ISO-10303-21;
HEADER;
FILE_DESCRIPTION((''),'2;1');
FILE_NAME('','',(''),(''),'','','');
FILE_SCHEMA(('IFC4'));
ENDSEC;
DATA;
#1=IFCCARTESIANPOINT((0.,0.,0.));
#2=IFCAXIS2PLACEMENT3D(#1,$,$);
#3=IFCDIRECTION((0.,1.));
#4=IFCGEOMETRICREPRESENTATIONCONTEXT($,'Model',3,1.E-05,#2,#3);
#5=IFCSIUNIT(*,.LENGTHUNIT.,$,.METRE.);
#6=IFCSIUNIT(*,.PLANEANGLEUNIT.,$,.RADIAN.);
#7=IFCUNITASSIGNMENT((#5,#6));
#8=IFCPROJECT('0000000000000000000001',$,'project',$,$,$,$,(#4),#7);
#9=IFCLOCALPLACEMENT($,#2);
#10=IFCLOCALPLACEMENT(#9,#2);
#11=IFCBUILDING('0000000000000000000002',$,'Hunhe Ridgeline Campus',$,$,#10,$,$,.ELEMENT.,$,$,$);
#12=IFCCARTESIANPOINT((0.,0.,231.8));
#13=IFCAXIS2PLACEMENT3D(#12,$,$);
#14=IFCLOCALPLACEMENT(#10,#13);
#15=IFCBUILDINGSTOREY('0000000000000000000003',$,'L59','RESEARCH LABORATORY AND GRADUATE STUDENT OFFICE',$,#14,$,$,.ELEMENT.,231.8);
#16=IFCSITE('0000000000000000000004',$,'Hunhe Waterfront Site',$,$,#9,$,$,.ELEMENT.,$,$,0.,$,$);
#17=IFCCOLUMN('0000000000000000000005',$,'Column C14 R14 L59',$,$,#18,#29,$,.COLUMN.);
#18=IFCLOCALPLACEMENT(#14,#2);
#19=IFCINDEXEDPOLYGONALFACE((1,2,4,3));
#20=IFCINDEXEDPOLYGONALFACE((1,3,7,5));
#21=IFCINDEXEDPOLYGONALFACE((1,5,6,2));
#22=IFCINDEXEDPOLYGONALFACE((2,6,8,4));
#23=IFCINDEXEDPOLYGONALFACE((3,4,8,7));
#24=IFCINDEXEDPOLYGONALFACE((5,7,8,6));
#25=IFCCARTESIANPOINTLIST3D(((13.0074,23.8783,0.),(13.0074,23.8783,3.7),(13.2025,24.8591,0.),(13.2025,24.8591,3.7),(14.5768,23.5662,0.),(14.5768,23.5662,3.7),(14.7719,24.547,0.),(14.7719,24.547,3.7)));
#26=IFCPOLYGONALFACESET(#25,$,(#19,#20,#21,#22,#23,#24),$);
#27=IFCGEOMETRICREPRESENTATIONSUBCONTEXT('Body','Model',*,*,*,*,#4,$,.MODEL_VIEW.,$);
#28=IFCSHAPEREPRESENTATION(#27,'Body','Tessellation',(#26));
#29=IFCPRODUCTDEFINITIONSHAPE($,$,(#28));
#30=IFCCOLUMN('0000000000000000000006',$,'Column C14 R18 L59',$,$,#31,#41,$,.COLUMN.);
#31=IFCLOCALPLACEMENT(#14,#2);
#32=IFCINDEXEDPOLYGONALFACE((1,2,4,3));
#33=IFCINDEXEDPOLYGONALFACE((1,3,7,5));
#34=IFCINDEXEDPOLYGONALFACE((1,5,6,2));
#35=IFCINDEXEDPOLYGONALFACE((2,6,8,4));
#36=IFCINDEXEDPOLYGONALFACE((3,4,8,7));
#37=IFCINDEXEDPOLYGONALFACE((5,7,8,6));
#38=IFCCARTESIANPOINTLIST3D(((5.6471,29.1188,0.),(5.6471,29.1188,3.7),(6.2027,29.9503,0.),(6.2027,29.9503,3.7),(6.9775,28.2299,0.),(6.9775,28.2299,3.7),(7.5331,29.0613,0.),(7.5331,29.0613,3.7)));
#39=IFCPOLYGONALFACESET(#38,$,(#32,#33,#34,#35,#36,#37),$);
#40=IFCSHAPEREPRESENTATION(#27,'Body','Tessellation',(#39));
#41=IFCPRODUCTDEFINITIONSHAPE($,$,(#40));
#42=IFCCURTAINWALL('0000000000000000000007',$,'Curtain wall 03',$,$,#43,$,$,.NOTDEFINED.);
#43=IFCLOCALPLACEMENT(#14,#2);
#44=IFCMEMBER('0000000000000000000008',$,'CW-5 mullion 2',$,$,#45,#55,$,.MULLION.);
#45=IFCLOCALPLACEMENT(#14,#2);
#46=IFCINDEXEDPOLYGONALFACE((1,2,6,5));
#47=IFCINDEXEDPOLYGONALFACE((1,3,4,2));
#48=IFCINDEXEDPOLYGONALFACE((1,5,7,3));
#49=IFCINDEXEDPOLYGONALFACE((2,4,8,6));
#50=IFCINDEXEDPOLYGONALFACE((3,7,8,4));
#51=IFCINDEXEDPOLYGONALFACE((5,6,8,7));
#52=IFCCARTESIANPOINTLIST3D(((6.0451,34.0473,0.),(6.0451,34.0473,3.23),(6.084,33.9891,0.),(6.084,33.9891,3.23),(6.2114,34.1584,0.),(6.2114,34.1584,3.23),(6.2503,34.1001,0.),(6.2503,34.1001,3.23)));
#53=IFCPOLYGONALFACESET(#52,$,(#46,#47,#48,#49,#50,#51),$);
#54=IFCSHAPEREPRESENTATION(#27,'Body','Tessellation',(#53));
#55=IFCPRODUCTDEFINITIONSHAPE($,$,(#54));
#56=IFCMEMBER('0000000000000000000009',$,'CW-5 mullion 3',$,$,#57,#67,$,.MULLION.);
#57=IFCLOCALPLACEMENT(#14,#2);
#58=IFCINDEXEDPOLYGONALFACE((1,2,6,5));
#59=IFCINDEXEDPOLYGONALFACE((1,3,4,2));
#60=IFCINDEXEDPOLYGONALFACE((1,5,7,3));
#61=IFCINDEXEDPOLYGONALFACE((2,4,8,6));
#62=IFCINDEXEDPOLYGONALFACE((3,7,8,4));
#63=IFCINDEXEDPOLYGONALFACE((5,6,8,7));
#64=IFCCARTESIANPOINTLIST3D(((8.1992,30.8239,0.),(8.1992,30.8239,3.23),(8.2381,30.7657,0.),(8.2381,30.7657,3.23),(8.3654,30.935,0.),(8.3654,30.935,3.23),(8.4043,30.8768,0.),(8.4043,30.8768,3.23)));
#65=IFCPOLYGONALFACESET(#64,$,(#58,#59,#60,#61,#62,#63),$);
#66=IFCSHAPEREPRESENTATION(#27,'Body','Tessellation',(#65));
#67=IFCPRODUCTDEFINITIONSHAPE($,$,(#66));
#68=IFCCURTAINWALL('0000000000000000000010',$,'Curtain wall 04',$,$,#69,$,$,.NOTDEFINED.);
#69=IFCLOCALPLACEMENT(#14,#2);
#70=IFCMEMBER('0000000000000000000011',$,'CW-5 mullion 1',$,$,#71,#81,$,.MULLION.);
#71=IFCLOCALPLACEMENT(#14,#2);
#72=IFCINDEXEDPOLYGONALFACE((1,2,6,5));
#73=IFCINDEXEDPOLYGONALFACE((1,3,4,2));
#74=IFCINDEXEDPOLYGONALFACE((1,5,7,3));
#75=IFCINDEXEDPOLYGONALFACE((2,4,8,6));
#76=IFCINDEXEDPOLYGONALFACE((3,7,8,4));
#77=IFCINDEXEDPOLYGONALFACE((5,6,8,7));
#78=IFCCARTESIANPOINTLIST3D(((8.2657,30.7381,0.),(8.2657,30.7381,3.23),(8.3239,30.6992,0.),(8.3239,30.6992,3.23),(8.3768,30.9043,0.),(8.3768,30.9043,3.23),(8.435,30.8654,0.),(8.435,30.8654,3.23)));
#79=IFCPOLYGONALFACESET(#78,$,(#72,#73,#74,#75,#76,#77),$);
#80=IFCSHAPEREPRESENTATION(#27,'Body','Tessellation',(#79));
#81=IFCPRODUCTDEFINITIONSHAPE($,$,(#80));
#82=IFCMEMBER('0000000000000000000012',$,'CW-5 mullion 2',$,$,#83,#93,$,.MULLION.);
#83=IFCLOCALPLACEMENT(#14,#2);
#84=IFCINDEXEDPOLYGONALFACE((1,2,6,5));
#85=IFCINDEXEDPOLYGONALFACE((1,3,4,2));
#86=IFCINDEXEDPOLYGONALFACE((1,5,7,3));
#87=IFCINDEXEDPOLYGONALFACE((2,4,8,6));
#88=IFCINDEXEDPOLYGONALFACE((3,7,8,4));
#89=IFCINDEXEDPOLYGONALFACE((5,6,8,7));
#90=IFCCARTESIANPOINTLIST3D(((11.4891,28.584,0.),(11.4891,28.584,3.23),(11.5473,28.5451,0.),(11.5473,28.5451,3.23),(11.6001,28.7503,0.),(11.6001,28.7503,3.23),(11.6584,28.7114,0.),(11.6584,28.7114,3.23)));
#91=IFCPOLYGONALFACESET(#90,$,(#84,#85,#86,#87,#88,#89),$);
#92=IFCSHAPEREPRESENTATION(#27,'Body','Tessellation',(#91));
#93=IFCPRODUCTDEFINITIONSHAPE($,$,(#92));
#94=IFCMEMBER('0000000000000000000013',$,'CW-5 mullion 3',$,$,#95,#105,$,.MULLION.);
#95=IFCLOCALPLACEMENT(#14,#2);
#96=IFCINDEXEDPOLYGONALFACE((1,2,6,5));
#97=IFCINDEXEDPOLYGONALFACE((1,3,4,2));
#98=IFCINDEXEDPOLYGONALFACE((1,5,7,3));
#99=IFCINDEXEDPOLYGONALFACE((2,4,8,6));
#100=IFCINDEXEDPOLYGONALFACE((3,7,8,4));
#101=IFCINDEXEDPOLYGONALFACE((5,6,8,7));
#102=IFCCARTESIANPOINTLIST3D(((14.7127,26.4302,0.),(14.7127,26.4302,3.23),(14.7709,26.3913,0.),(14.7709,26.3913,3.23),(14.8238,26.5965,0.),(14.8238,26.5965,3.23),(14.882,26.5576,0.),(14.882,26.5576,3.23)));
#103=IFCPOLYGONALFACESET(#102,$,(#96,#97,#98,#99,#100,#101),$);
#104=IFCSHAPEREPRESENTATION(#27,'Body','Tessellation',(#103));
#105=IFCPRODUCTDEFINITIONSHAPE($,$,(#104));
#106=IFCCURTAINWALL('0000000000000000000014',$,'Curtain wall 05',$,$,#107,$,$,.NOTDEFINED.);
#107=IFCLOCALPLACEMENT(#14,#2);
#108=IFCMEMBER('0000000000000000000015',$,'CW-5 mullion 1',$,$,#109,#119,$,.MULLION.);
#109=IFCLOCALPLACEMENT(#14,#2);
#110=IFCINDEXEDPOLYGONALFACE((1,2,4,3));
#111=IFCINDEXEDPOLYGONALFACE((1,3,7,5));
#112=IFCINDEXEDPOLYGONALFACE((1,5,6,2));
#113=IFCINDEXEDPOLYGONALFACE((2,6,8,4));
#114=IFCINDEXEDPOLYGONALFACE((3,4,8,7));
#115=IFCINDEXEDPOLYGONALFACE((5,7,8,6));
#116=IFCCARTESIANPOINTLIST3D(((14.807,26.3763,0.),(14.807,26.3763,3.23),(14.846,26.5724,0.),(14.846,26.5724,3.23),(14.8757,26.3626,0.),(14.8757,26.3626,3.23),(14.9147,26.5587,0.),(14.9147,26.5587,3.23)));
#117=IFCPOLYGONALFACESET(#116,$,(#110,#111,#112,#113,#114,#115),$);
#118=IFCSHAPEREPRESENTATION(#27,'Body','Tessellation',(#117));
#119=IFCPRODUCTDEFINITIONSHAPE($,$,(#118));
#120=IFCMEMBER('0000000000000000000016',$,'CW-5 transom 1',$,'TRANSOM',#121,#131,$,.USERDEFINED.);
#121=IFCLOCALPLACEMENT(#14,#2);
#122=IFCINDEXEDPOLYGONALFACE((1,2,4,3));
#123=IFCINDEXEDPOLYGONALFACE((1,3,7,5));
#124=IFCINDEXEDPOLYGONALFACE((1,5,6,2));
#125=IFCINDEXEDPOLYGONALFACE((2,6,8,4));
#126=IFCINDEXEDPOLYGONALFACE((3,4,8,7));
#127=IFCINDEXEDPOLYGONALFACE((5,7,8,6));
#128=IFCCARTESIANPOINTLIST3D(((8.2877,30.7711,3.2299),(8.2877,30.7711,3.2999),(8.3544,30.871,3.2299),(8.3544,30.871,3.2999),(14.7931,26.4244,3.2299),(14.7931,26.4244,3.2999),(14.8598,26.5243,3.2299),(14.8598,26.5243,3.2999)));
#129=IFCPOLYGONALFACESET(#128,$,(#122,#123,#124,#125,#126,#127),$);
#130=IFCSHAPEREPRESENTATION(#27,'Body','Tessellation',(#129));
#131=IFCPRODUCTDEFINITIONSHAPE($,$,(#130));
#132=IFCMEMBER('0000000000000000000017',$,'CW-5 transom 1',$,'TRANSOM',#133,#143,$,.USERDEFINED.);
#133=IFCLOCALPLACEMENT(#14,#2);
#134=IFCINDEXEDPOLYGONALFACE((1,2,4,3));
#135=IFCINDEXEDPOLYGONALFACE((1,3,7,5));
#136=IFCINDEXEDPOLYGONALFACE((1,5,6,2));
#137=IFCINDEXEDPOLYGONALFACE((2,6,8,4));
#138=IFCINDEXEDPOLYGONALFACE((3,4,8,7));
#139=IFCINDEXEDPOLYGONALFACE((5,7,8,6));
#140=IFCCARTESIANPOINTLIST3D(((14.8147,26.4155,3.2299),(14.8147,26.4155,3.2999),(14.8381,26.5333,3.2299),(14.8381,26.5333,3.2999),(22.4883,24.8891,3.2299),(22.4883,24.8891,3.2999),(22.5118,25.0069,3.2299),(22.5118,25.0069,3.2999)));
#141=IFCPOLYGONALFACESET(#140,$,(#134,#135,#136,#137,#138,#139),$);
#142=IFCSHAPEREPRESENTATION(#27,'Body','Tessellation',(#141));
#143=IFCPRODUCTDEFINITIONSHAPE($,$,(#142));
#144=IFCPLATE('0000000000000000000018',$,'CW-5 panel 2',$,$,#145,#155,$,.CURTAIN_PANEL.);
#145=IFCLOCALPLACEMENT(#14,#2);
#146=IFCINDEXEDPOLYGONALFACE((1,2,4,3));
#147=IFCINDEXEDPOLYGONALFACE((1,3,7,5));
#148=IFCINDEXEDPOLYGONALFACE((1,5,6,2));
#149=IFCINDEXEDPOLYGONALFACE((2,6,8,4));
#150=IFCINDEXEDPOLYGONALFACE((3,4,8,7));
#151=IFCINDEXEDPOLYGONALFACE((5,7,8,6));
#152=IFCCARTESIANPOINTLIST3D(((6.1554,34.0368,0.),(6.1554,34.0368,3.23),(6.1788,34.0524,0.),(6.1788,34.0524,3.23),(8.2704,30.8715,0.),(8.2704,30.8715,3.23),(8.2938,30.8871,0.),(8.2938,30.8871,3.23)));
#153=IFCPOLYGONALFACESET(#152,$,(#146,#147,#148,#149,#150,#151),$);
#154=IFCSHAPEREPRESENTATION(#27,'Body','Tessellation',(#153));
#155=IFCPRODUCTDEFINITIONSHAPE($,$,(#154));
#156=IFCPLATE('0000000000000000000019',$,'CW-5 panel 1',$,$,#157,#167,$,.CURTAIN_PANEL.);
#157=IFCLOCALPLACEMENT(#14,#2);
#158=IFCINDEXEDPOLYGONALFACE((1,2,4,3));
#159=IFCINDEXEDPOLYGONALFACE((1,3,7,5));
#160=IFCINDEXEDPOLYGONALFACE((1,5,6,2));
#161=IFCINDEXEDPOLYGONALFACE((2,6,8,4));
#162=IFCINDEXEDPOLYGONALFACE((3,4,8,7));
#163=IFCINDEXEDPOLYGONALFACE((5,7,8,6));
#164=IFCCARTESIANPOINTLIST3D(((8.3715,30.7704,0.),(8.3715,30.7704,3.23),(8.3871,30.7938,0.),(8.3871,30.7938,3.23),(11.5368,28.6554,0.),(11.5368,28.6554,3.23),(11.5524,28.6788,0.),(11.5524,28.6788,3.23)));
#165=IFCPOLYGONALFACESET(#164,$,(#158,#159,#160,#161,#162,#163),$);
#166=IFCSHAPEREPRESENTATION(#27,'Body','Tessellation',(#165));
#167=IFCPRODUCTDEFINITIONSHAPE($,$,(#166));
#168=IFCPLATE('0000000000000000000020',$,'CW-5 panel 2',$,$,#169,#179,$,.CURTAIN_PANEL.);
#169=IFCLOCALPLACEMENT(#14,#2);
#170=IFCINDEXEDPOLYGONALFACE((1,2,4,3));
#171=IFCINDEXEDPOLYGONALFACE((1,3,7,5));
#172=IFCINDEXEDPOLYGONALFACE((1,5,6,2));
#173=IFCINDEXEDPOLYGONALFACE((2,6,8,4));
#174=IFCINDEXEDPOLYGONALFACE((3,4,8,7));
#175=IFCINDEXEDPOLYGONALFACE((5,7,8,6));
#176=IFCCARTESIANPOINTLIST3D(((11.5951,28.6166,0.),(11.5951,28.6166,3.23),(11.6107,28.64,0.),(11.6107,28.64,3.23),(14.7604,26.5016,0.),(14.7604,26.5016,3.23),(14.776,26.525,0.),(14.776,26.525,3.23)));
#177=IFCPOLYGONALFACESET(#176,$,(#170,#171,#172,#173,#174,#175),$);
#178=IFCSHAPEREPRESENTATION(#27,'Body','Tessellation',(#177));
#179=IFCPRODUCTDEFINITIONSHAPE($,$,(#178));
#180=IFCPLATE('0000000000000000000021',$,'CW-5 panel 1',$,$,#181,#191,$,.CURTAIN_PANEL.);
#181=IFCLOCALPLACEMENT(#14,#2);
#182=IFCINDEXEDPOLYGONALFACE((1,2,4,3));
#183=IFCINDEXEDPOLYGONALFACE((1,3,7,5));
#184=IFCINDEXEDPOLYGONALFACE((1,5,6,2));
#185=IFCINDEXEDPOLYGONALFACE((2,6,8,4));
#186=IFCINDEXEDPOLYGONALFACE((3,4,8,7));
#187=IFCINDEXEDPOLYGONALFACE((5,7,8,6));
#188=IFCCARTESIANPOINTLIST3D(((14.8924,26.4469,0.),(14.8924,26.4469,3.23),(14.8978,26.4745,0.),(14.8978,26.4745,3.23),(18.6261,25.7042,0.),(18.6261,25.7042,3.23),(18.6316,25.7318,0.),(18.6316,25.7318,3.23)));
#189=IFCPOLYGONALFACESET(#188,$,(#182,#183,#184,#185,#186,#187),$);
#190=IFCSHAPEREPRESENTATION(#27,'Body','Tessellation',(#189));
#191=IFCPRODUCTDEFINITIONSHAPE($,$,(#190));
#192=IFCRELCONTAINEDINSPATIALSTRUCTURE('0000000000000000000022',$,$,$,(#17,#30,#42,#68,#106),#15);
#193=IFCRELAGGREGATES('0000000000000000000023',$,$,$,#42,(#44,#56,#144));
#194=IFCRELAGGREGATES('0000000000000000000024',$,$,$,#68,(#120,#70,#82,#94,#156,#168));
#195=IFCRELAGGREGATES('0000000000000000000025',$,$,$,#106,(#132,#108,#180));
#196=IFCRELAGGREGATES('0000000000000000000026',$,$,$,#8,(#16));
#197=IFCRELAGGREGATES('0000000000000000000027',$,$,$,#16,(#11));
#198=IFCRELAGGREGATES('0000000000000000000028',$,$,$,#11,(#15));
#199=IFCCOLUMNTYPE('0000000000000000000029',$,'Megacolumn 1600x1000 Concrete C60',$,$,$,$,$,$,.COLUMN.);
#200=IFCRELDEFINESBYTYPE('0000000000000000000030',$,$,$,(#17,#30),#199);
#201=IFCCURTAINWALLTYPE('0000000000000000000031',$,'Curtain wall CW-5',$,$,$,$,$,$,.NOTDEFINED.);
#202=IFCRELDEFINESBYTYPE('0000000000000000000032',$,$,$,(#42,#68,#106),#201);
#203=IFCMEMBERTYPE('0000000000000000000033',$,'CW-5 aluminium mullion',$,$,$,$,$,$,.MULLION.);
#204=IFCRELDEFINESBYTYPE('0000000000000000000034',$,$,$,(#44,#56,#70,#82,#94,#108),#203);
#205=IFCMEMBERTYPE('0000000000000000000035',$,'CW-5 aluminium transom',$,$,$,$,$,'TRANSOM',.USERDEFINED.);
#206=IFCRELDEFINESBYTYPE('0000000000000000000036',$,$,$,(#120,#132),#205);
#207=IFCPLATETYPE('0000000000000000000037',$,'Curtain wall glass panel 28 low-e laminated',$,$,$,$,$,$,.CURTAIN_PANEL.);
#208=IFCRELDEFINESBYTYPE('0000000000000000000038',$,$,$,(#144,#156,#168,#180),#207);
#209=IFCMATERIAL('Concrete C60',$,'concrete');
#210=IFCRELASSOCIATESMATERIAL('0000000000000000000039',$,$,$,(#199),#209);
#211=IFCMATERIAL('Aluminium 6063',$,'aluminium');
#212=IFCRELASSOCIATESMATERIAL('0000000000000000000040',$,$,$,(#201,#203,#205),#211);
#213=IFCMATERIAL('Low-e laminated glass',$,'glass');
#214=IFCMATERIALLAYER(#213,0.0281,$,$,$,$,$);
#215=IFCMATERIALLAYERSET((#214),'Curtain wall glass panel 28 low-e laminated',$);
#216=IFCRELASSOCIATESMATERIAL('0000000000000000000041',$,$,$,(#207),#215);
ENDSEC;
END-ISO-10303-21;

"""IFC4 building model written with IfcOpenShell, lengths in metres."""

from ifc_helpers import new_model, si_unit, direction, frame, origin, origin_2d, place, context, subcontext, project, spatial, rectangle, extrude, material, layer, layer_set, material_profile, profile_set, type_object, element, aggregate, save


model = new_model("IFC4")

# Units and contexts
model_context = context("Model", 3, precision=1e-05, world=origin(), true_north=direction((0.0, 1.0)))
body_context = subcontext(model_context, "Body", "Model", "MODEL_VIEW")
ifc_project = project(units=[si_unit("LENGTHUNIT", "METRE"), si_unit("PLANEANGLEUNIT", "RADIAN")], contexts=[model_context])

# Site, building, storey
site_placement = place(None, origin())
site = spatial("IfcSite", under=ifc_project, at=site_placement, Name="Hunhe Waterfront Site", CompositionType="ELEMENT", RefElevation=0.0)
building_placement = place(site_placement, origin())
building = spatial("IfcBuilding", under=site, at=building_placement, Name="Hunhe Ridgeline Campus", CompositionType="ELEMENT")
storey_placement = place(building_placement, frame((0.0, 0.0, 231.8)))
storey = spatial("IfcBuildingStorey", under=building, at=storey_placement, Name="L59", Description="RESEARCH LABORATORY AND GRADUATE STUDENT OFFICE", CompositionType="ELEMENT", Elevation=231.8)

# Columns
ifc_material_1 = material(Name="Concrete C60", Category="concrete")
ifc_material_profile_1 = material_profile(ifc_material_1, rectangle(XDim=1.6001, YDim=1.0, at=origin_2d()))
ifc_profile_set_1 = profile_set([ifc_material_profile_1], Name="Concrete C60")
column_type = type_object("IfcColumnType", Name="Megacolumn 1600x1000 Concrete C60", PredefinedType="COLUMN", material=ifc_profile_set_1)
for number, where, z_axis, x_axis, name in (
    (1, (13.8896, 24.2126, 0.0), (0.0, 0.0, 1.0), (-0.980785, 0.19509, 0.0), "Column C14 R14 L59"),
    (2, (6.5901, 29.0901, 0.0), (0.0, 0.0, 1.0), (-0.83147, 0.55557, 0.0), "Column C14 R18 L59"),
):
    element("IfcColumn", number, at=place(storey_placement, frame(where, z_axis=z_axis, x_axis=x_axis)), inside=storey, type_object=column_type, Name=name, PredefinedType="COLUMN", context=body_context, shape_type="SweptSolid", body=[
        extrude(rectangle(XDim=1.6001, YDim=1.0, at=origin_2d()), origin(), (0.0, 0.0, 1.0), 3.7),
    ])

# Curtain walls, members
ifc_material_2 = material(Name="Aluminium 6063", Category="aluminium")
curtain_wall_type = type_object("IfcCurtainWallType", Name="Curtain wall CW-5", PredefinedType="NOTDEFINED", material=ifc_material_2)
curtain_wall_1_placement = place(storey_placement, origin())
curtain_wall_1 = element("IfcCurtainWall", 3, at=curtain_wall_1_placement, inside=storey, type_object=curtain_wall_type, Name="Curtain wall 03", PredefinedType="NOTDEFINED")
ifc_material_profile_2 = material_profile(ifc_material_2, rectangle(XDim=0.2, YDim=0.0701, at=origin_2d()))
ifc_profile_set_2 = profile_set([ifc_material_profile_2], Name="Aluminium 6063")
member_type_1 = type_object("IfcMemberType", Name="CW-5 aluminium mullion", PredefinedType="MULLION", material=ifc_profile_set_2)
member_1_placement = place(storey_placement, frame((6.1477, 34.0737, 0.0), z_axis=(0.0, 0.0, 1.0), x_axis=(0.83147, 0.55557, 0.0)))
member_1 = element("IfcMember", 4, at=member_1_placement, type_object=member_type_1, Name="CW-5 mullion 2", PredefinedType="MULLION", context=body_context, shape_type="SweptSolid", body=[
    extrude(rectangle(XDim=0.2, YDim=0.0701, at=origin_2d()), origin(), (0.0, 0.0, 1.0), 3.23),
])
member_2_placement = place(storey_placement, frame((8.3018, 30.8503, 0.0), z_axis=(0.0, 0.0, 1.0), x_axis=(0.83147, 0.55557, 0.0)))
member_2 = element("IfcMember", 5, at=member_2_placement, type_object=member_type_1, Name="CW-5 mullion 3", PredefinedType="MULLION", context=body_context, shape_type="SweptSolid", body=[
    extrude(rectangle(XDim=0.2, YDim=0.0701, at=origin_2d()), origin(), (0.0, 0.0, 1.0), 3.23),
])
curtain_wall_2_placement = place(storey_placement, origin())
curtain_wall_2 = element("IfcCurtainWall", 6, at=curtain_wall_2_placement, inside=storey, type_object=curtain_wall_type, Name="Curtain wall 04", PredefinedType="NOTDEFINED")
member_3_placement = place(storey_placement, frame((8.3503, 30.8018, 0.0), z_axis=(0.0, 0.0, 1.0), x_axis=(0.55557, 0.83147, 0.0)))
member_3 = element("IfcMember", 7, at=member_3_placement, type_object=member_type_1, Name="CW-5 mullion 1", PredefinedType="MULLION", context=body_context, shape_type="SweptSolid", body=[
    extrude(rectangle(XDim=0.2, YDim=0.0701, at=origin_2d()), origin(), (0.0, 0.0, 1.0), 3.23),
])
member_4_placement = place(storey_placement, frame((11.5737, 28.6477, 0.0), z_axis=(0.0, 0.0, 1.0), x_axis=(0.55557, 0.83147, 0.0)))
member_4 = element("IfcMember", 8, at=member_4_placement, type_object=member_type_1, Name="CW-5 mullion 2", PredefinedType="MULLION", context=body_context, shape_type="SweptSolid", body=[
    extrude(rectangle(XDim=0.2, YDim=0.0701, at=origin_2d()), origin(), (0.0, 0.0, 1.0), 3.23),
])
member_5_placement = place(storey_placement, frame((14.7974, 26.4939, 0.0), z_axis=(0.0, 0.0, 1.0), x_axis=(0.55557, 0.83147, 0.0)))
member_5 = element("IfcMember", 9, at=member_5_placement, type_object=member_type_1, Name="CW-5 mullion 3", PredefinedType="MULLION", context=body_context, shape_type="SweptSolid", body=[
    extrude(rectangle(XDim=0.2, YDim=0.0701, at=origin_2d()), origin(), (0.0, 0.0, 1.0), 3.23),
])

# Curtain wall, member
curtain_wall_3_placement = place(storey_placement, origin())
curtain_wall_3 = element("IfcCurtainWall", 10, at=curtain_wall_3_placement, inside=storey, type_object=curtain_wall_type, Name="Curtain wall 05", PredefinedType="NOTDEFINED")
member_6_placement = place(storey_placement, frame((14.8608, 26.4675, 0.0), z_axis=(0.0, 0.0, 1.0), x_axis=(0.19509, 0.980785, 0.0)))
member_6 = element("IfcMember", 11, at=member_6_placement, type_object=member_type_1, Name="CW-5 mullion 1", PredefinedType="MULLION", context=body_context, shape_type="SweptSolid", body=[
    extrude(rectangle(XDim=0.2, YDim=0.0701, at=origin_2d()), origin(), (0.0, 0.0, 1.0), 3.23),
])

# Members
ifc_material_profile_3 = material_profile(ifc_material_2, rectangle(XDim=0.1201, YDim=0.0701, at=origin_2d()))
ifc_profile_set_3 = profile_set([ifc_material_profile_3], Name="Aluminium 6063")
member_type_2 = type_object("IfcMemberType", Name="CW-5 aluminium transom", ElementType="TRANSOM", PredefinedType="USERDEFINED", material=ifc_profile_set_3)
member_7_placement = place(storey_placement, frame((8.321, 30.821, 3.2649), z_axis=(0.831474, -0.555564, 0.0), x_axis=(0.555564, 0.831474, 0.0)))
member_7 = element("IfcMember", 12, at=member_7_placement, type_object=member_type_2, Name="CW-5 transom 1", ObjectType="TRANSOM", PredefinedType="USERDEFINED", context=body_context, shape_type="SweptSolid", body=[
    extrude(rectangle(XDim=0.1201, YDim=0.0701, at=origin_2d()), origin(), (0.0, 0.0, 1.0), 7.824),
])
member_8_placement = place(storey_placement, frame((14.8264, 26.4744, 3.2649), z_axis=(0.980785, -0.19509, 0.0), x_axis=(0.19509, 0.980785, 0.0)))
member_8 = element("IfcMember", 13, at=member_8_placement, type_object=member_type_2, Name="CW-5 transom 1", ObjectType="TRANSOM", PredefinedType="USERDEFINED", context=body_context, shape_type="SweptSolid", body=[
    extrude(rectangle(XDim=0.1201, YDim=0.0701, at=origin_2d()), origin(), (0.0, 0.0, 1.0), 7.824),
])

# Plates
ifc_material_3 = material(Name="Low-e laminated glass", Category="glass")
ifc_layer_1 = layer(ifc_material_3, 0.0281)
ifc_layer_set_1 = layer_set([ifc_layer_1], Name="Curtain wall glass panel 28 low-e laminated")
plate_type = type_object("IfcPlateType", Name="Curtain wall glass panel 28 low-e laminated", PredefinedType="CURTAIN_PANEL", material=ifc_layer_set_1)
plate_1_placement = place(storey_placement, frame((7.2246, 32.4619, 0.0), z_axis=(0.0, 0.0, 1.0), x_axis=(0.55557, -0.83147, 0.0)))
plate_1 = element("IfcPlate", 14, at=plate_1_placement, type_object=plate_type, Name="CW-5 panel 2", PredefinedType="CURTAIN_PANEL", context=body_context, shape_type="SweptSolid", body=[
    extrude(rectangle(XDim=3.8069, YDim=0.0281, at=origin_2d()), origin(), (0.0, 0.0, 1.0), 3.23),
])
aggregate(curtain_wall_1, [member_1, member_2, plate_1])
plate_2_placement = place(storey_placement, frame((9.9619, 29.7246, 0.0), z_axis=(0.0, 0.0, 1.0), x_axis=(0.83147, -0.55557, 0.0)))
plate_2 = element("IfcPlate", 15, at=plate_2_placement, type_object=plate_type, Name="CW-5 panel 1", PredefinedType="CURTAIN_PANEL", context=body_context, shape_type="SweptSolid", body=[
    extrude(rectangle(XDim=3.8069, YDim=0.0281, at=origin_2d()), origin(), (0.0, 0.0, 1.0), 3.23),
])
plate_3_placement = place(storey_placement, frame((13.1855, 27.5708, 0.0), z_axis=(0.0, 0.0, 1.0), x_axis=(0.83147, -0.55557, 0.0)))
plate_3 = element("IfcPlate", 16, at=plate_3_placement, type_object=plate_type, Name="CW-5 panel 2", PredefinedType="CURTAIN_PANEL", context=body_context, shape_type="SweptSolid", body=[
    extrude(rectangle(XDim=3.8069, YDim=0.0281, at=origin_2d()), origin(), (0.0, 0.0, 1.0), 3.23),
])
aggregate(curtain_wall_2, [member_7, member_3, member_4, member_5, plate_2, plate_3])
plate_4_placement = place(storey_placement, frame((16.762, 26.0894, 0.0), z_axis=(0.0, 0.0, 1.0), x_axis=(0.980785, -0.19509, 0.0)))
plate_4 = element("IfcPlate", 17, at=plate_4_placement, type_object=plate_type, Name="CW-5 panel 1", PredefinedType="CURTAIN_PANEL", context=body_context, shape_type="SweptSolid", body=[
    extrude(rectangle(XDim=3.8069, YDim=0.0281, at=origin_2d()), origin(), (0.0, 0.0, 1.0), 3.23),
])
aggregate(curtain_wall_3, [member_8, member_6, plate_4])

save(model, "model.ifc")
